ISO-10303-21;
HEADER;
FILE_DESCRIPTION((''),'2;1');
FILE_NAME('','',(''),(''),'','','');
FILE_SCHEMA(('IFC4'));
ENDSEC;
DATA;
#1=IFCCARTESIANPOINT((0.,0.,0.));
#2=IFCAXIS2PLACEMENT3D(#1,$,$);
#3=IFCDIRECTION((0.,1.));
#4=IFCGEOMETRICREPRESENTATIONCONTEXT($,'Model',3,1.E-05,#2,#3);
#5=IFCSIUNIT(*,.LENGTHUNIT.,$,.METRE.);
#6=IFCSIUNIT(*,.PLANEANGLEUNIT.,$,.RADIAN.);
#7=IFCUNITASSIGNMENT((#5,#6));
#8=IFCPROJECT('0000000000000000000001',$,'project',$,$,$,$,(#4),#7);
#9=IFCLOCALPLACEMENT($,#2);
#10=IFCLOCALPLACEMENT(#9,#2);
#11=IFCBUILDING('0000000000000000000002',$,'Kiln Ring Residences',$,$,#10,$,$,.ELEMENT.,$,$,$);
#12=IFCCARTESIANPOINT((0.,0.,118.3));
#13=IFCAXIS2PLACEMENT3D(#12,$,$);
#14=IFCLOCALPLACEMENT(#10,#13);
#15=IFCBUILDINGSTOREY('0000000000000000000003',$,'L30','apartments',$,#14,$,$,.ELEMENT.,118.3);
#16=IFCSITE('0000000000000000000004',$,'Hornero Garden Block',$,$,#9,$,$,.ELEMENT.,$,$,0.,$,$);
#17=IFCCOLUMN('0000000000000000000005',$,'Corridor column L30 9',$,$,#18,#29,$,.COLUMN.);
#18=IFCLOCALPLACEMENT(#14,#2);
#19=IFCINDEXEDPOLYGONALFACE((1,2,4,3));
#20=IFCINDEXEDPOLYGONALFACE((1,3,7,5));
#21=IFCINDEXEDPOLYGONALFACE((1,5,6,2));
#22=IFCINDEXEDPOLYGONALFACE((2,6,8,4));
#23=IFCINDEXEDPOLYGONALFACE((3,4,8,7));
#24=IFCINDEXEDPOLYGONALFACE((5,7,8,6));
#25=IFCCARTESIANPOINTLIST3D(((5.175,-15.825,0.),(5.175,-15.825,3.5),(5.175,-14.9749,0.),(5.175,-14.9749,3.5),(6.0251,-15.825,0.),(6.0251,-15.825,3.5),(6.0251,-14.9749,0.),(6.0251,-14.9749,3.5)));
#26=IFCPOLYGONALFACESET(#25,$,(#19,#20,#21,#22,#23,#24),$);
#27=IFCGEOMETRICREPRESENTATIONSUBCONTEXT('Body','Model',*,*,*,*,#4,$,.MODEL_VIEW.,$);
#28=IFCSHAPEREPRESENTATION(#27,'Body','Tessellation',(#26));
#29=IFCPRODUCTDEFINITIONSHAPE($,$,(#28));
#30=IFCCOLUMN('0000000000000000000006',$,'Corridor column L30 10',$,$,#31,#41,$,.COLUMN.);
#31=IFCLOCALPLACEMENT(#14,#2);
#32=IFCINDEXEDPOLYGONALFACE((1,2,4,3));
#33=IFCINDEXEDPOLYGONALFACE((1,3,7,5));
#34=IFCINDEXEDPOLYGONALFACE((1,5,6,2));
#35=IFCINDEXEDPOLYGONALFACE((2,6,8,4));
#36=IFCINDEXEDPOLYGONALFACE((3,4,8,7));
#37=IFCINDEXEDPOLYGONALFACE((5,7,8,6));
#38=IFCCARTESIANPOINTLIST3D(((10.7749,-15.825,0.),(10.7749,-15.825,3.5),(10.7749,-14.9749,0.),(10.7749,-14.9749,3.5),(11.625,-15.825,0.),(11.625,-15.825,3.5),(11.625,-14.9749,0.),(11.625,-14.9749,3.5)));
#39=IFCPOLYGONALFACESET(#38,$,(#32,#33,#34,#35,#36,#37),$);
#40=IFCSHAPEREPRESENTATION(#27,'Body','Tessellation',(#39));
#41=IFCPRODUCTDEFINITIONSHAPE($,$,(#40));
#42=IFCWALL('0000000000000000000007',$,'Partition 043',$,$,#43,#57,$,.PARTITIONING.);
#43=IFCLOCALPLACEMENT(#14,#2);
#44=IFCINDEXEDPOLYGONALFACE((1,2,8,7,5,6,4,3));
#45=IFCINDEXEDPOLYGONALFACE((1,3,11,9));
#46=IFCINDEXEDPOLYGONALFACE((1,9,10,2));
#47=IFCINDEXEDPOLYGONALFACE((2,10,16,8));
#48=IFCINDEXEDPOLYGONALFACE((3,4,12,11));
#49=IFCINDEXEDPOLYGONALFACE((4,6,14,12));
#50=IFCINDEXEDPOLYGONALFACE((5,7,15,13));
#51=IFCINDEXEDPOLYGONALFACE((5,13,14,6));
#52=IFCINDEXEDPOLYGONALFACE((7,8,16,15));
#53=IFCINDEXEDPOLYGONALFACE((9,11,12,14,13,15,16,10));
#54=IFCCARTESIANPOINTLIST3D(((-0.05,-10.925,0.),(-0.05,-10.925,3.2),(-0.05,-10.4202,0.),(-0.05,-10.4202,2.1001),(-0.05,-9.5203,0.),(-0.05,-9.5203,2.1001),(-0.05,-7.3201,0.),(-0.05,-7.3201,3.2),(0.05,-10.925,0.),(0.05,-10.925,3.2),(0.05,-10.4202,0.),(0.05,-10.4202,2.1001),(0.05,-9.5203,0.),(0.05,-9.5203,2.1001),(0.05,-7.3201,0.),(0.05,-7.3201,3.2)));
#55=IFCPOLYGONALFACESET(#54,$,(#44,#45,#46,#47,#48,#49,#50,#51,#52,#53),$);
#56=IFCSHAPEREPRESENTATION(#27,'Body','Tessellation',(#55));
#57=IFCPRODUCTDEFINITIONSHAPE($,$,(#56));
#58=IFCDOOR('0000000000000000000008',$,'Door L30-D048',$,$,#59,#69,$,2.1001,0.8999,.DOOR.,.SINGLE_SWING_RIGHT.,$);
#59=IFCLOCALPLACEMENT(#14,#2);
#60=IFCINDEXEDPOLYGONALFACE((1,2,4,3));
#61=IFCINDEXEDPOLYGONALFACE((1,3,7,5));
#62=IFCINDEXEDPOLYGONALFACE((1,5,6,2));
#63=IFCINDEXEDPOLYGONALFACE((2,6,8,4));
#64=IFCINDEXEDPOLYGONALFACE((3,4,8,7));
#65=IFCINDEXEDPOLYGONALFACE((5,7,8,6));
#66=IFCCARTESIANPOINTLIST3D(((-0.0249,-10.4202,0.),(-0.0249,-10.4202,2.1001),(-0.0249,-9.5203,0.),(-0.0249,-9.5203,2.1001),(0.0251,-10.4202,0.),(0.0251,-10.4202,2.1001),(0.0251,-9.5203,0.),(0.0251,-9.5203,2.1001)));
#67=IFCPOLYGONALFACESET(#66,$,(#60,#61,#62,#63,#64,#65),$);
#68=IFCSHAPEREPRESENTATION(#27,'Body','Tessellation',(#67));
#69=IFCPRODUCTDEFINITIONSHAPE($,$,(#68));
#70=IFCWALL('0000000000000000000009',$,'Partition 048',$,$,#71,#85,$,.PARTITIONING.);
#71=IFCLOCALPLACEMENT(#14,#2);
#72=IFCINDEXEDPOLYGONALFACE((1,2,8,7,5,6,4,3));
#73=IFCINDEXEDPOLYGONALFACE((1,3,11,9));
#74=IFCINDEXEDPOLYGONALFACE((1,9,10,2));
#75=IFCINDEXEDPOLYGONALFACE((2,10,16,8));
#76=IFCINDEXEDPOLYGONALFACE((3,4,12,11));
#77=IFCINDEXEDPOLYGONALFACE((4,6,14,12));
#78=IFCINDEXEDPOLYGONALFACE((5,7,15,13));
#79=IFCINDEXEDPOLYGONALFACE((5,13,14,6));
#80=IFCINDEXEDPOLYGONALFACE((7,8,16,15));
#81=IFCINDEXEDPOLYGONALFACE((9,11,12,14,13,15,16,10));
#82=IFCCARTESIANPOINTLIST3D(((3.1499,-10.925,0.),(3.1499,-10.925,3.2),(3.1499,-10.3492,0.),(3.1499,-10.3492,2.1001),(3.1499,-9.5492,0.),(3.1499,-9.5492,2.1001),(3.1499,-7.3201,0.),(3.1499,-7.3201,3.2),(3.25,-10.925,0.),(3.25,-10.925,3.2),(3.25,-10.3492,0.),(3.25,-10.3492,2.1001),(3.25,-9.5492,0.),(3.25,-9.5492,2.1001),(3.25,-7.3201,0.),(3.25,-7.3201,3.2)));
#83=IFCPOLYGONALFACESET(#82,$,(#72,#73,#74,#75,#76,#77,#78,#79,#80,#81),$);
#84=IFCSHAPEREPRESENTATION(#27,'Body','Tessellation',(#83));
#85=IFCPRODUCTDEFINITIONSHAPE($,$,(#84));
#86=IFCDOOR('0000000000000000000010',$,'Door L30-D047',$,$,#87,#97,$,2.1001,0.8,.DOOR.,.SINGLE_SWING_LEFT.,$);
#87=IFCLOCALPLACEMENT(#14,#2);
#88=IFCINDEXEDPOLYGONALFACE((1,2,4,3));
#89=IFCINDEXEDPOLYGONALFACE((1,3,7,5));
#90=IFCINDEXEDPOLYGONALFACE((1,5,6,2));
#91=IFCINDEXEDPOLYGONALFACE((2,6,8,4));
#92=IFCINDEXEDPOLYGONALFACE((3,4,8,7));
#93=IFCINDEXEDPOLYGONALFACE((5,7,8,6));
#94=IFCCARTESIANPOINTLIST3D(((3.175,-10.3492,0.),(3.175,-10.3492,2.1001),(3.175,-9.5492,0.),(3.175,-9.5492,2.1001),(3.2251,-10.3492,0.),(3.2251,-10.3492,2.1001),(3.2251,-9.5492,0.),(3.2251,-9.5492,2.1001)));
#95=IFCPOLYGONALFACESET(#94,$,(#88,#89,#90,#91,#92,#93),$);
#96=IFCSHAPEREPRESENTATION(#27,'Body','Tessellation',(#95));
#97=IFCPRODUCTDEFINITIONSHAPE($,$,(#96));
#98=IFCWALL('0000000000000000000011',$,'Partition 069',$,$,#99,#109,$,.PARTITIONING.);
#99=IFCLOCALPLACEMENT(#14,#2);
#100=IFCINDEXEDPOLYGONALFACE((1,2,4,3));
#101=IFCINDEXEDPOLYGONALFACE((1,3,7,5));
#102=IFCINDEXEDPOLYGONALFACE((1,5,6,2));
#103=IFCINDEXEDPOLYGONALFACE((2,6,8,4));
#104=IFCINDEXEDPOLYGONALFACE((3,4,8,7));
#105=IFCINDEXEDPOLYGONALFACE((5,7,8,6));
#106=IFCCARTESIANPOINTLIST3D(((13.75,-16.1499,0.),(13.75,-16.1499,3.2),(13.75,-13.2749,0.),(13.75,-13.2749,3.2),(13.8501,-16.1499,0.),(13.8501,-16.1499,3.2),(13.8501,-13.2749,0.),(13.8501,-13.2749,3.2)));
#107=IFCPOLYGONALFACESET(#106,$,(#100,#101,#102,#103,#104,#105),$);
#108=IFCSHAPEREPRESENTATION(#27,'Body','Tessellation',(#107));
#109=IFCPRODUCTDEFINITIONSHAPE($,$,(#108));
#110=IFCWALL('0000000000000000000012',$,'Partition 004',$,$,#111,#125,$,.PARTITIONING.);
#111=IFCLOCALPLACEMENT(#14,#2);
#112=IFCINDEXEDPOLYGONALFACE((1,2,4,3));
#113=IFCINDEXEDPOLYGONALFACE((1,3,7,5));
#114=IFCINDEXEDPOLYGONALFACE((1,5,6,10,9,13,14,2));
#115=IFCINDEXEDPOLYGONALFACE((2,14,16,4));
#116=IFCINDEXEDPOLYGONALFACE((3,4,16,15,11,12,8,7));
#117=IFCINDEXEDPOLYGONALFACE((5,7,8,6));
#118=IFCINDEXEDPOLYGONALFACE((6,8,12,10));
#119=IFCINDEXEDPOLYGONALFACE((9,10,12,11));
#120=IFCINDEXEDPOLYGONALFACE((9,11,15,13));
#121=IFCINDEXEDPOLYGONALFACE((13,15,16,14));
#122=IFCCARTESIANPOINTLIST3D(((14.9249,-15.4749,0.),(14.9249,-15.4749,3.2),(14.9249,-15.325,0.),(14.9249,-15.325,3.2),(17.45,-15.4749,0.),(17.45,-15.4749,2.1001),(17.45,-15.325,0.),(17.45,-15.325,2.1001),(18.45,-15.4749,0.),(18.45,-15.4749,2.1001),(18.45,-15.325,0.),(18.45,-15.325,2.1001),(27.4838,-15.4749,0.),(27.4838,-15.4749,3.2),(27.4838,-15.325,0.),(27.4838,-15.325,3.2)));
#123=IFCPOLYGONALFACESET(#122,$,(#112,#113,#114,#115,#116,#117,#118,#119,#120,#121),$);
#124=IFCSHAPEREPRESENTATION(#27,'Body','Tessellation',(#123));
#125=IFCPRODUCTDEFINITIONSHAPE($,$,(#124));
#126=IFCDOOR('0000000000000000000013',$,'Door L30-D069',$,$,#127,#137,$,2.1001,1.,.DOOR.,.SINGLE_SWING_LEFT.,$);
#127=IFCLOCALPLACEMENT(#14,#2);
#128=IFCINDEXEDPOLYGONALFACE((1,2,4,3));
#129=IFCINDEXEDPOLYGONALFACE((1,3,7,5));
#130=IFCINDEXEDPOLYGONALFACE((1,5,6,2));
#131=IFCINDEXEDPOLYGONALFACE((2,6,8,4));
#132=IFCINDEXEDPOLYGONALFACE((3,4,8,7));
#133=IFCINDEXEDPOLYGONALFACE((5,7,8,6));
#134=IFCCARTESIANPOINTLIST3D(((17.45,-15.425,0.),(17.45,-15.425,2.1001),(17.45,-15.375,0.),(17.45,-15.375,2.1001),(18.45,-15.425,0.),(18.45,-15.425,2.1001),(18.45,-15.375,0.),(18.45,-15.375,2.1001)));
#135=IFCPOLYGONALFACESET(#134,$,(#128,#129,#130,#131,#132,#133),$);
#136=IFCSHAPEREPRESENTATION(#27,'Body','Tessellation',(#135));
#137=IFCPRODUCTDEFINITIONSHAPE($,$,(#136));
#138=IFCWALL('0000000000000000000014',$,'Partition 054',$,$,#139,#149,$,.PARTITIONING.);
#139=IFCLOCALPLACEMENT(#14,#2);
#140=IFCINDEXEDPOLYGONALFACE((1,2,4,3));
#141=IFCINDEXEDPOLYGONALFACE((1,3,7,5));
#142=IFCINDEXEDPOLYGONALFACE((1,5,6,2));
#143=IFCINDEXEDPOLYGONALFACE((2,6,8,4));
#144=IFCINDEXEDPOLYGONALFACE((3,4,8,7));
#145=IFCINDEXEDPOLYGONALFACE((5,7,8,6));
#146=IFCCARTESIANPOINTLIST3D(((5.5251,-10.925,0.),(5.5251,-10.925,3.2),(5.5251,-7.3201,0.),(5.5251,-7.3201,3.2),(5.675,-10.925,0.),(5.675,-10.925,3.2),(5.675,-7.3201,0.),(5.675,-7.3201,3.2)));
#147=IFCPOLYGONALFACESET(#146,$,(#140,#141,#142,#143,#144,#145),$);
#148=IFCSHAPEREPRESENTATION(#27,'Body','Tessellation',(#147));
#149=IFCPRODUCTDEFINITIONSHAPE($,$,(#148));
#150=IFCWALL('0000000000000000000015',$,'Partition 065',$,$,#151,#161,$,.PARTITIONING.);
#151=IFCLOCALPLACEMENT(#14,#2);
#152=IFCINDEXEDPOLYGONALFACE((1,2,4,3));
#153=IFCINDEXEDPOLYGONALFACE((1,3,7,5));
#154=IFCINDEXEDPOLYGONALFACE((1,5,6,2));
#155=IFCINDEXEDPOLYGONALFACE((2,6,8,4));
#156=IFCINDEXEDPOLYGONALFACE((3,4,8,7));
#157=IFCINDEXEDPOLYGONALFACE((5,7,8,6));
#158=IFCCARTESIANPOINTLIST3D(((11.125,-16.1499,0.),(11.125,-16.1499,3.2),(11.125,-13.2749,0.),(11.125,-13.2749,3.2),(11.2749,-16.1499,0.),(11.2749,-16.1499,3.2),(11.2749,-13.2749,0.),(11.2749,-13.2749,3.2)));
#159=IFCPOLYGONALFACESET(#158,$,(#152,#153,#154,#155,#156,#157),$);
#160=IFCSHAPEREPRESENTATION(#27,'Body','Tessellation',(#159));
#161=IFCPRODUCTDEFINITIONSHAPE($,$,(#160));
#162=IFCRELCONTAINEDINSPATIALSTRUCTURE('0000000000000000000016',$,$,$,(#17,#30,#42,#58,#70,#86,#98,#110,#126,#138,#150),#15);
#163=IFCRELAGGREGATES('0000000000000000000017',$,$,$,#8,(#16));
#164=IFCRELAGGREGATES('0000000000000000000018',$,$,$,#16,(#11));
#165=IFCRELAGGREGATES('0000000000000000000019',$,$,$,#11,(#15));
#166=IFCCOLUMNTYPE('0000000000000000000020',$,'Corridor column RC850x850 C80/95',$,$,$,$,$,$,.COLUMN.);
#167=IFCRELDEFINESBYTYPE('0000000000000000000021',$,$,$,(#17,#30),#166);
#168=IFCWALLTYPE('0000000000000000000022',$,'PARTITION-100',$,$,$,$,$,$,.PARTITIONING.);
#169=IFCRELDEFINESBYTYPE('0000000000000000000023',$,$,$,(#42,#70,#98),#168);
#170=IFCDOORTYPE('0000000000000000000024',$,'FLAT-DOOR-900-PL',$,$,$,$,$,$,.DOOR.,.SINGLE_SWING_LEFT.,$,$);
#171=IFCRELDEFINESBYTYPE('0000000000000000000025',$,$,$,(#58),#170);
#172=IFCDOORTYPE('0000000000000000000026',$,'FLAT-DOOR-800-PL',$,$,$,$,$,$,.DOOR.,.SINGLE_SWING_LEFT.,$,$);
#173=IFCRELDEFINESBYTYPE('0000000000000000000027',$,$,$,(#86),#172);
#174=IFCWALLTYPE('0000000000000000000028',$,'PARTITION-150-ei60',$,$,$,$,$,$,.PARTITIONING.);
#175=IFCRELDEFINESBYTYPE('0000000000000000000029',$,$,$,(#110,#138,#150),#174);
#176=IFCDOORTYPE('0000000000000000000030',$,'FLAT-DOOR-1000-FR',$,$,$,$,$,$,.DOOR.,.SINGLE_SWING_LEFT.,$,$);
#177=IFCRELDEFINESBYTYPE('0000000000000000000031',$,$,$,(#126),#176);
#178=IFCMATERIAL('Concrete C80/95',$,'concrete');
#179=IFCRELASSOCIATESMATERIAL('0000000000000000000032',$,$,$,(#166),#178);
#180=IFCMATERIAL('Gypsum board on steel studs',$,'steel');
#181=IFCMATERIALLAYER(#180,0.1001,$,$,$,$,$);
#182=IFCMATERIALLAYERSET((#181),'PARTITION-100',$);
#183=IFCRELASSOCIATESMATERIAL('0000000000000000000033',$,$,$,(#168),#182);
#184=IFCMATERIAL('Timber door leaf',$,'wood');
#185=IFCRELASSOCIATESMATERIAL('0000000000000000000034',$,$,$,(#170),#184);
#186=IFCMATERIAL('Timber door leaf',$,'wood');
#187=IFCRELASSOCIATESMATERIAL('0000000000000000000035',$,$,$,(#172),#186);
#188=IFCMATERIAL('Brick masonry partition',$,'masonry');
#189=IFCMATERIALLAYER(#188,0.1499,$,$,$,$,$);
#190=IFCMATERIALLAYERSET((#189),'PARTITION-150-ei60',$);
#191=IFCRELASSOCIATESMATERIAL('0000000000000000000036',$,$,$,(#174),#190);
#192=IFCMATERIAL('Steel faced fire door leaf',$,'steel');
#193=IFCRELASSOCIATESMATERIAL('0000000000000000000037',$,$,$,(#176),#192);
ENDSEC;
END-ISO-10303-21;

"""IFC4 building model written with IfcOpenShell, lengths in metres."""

from ifc_helpers import new_model, si_unit, direction, frame, frame_2d, origin, origin_2d, place, context, subcontext, project, spatial, rectangle, extrude, material, layer, layer_set, material_profile, profile_set, type_object, element, fill, save


model = new_model("IFC4")

# Units and contexts
model_context = context("Model", 3, precision=1e-05, world=origin(), true_north=direction((0.0, 1.0)))
body_context = subcontext(model_context, "Body", "Model", "MODEL_VIEW")
ifc_project = project(units=[si_unit("LENGTHUNIT", "METRE"), si_unit("PLANEANGLEUNIT", "RADIAN")], contexts=[model_context])

# Site, building, storey
site_placement = place(None, origin())
site = spatial("IfcSite", under=ifc_project, at=site_placement, Name="Hornero Garden Block", CompositionType="ELEMENT", RefElevation=0.0)
building_placement = place(site_placement, origin())
building = spatial("IfcBuilding", under=site, at=building_placement, Name="Kiln Ring Residences", CompositionType="ELEMENT")
storey_placement = place(building_placement, frame((0.0, 0.0, 118.3)))
storey = spatial("IfcBuildingStorey", under=building, at=storey_placement, Name="L30", Description="apartments", CompositionType="ELEMENT", Elevation=118.3)

# Columns
ifc_material_1 = material(Name="Concrete C80/95", Category="concrete")
ifc_material_profile = material_profile(ifc_material_1, rectangle(XDim=0.8501, YDim=0.8501, at=origin_2d()), Name="RC850x850")
ifc_profile_set = profile_set([ifc_material_profile], Name="Concrete C80/95")
column_type = type_object("IfcColumnType", Name="Corridor column RC850x850 C80/95", PredefinedType="COLUMN", material=ifc_profile_set)
for number, where, z_axis, x_axis, name in (
    (1, (5.6001, -15.3999, 0.0), (0.0, 0.0, 1.0), (1.0, 0.0, 0.0), "Corridor column L30 9"),
    (2, (11.2, -15.3999, 0.0), (0.0, 0.0, 1.0), (1.0, 0.0, 0.0), "Corridor column L30 10"),
):
    element("IfcColumn", number, at=place(storey_placement, frame(where, z_axis=z_axis, x_axis=x_axis)), inside=storey, type_object=column_type, Name=name, PredefinedType="COLUMN", context=body_context, shape_type="SweptSolid", body=[
        extrude(rectangle(XDim=0.8501, YDim=0.8501, at=origin_2d()), origin(), (0.0, 0.0, 1.0), 3.5),
    ])

# Walls, openings, doors
ifc_material_2 = material(Name="Gypsum board on steel studs", Category="steel")
ifc_layer_1 = layer(ifc_material_2, 0.1001)
ifc_layer_set_1 = layer_set([ifc_layer_1], Name="PARTITION-100")
wall_type_1 = type_object("IfcWallType", Name="PARTITION-100", PredefinedType="PARTITIONING", material=ifc_layer_set_1)
wall_1_placement = place(storey_placement, frame((0.0, -10.925, 0.0), z_axis=(0.0, 0.0, 1.0), x_axis=(0.0, 1.0, 0.0)))
wall_1 = element("IfcWall", 3, at=wall_1_placement, inside=storey, type_object=wall_type_1, Name="Partition 043", PredefinedType="PARTITIONING", context=body_context, shape_type="SweptSolid", body=[
    extrude(rectangle(XDim=3.605, YDim=0.1001, at=frame_2d((1.8025, 0.0))), origin(), (0.0, 0.0, 1.0), 3.2),
])
opening_1_placement = place(wall_1_placement, frame((0.5049, 0.0, 0.0)))
opening_1 = element("IfcOpeningElement", 4, at=opening_1_placement, cuts=wall_1, PredefinedType="OPENING", context=body_context, shape_type="SweptSolid", body=[
    extrude(rectangle(XDim=0.8999, YDim=2.1001, at=frame_2d((0.45, 1.05))), frame((0.0, 0.0601, 0.0), z_axis=(0.0, -1.0, 0.0), x_axis=(1.0, 0.0, 0.0)), (0.0, 0.0, 1.0), 0.1201),
])
ifc_material_3 = material(Name="Timber door leaf", Category="wood")
door_type_1 = type_object("IfcDoorType", Name="FLAT-DOOR-900-PL", OperationType="SINGLE_SWING_LEFT", PredefinedType="DOOR", material=ifc_material_3)
door_1_placement = place(opening_1_placement, origin())
door_1 = element("IfcDoor", 5, at=door_1_placement, inside=storey, type_object=door_type_1, Name="Door L30-D048", OperationType="SINGLE_SWING_RIGHT", OverallHeight=2.1001, OverallWidth=0.8999, PredefinedType="DOOR", context=body_context, shape_type="SweptSolid", body=[
    extrude(rectangle(XDim=0.8999, YDim=2.1001, at=frame_2d((0.45, 1.05))), frame((0.0, 0.0249, 0.0), z_axis=(0.0, -1.0, 0.0), x_axis=(1.0, 0.0, 0.0)), (0.0, 0.0, 1.0), 0.05),
])
fill(opening_1, door_1)
wall_2_placement = place(storey_placement, frame((3.2, -10.925, 0.0), z_axis=(0.0, 0.0, 1.0), x_axis=(0.0, 1.0, 0.0)))
wall_2 = element("IfcWall", 6, at=wall_2_placement, inside=storey, type_object=wall_type_1, Name="Partition 048", PredefinedType="PARTITIONING", context=body_context, shape_type="SweptSolid", body=[
    extrude(rectangle(XDim=3.605, YDim=0.1001, at=frame_2d((1.8025, 0.0))), origin(), (0.0, 0.0, 1.0), 3.2),
])
opening_2_placement = place(wall_2_placement, frame((0.5759, 0.0, 0.0)))
opening_2 = element("IfcOpeningElement", 7, at=opening_2_placement, cuts=wall_2, PredefinedType="OPENING", context=body_context, shape_type="SweptSolid", body=[
    extrude(rectangle(XDim=0.8, YDim=2.1001, at=frame_2d((0.3999, 1.05))), frame((0.0, 0.0601, 0.0), z_axis=(0.0, -1.0, 0.0), x_axis=(1.0, 0.0, 0.0)), (0.0, 0.0, 1.0), 0.1201),
])
ifc_material_4 = material(Name="Timber door leaf", Category="wood")
door_type_2 = type_object("IfcDoorType", Name="FLAT-DOOR-800-PL", OperationType="SINGLE_SWING_LEFT", PredefinedType="DOOR", material=ifc_material_4)
door_2_placement = place(opening_2_placement, origin())
door_2 = element("IfcDoor", 8, at=door_2_placement, inside=storey, type_object=door_type_2, Name="Door L30-D047", OperationType="SINGLE_SWING_LEFT", OverallHeight=2.1001, OverallWidth=0.8, PredefinedType="DOOR", context=body_context, shape_type="SweptSolid", body=[
    extrude(rectangle(XDim=0.8, YDim=2.1001, at=frame_2d((0.3999, 1.05))), frame((0.0, 0.0249, 0.0), z_axis=(0.0, -1.0, 0.0), x_axis=(1.0, 0.0, 0.0)), (0.0, 0.0, 1.0), 0.05),
])
fill(opening_2, door_2)

# Wall
wall_3_placement = place(storey_placement, frame((13.8, -16.1499, 0.0), z_axis=(0.0, 0.0, 1.0), x_axis=(0.0, 1.0, 0.0)))
element("IfcWall", 9, at=wall_3_placement, inside=storey, type_object=wall_type_1, Name="Partition 069", PredefinedType="PARTITIONING", context=body_context, shape_type="SweptSolid", body=[
    extrude(rectangle(XDim=2.875, YDim=0.1001, at=frame_2d((1.4375, 0.0))), origin(), (0.0, 0.0, 1.0), 3.2),
])

# Wall, opening, door
ifc_material_5 = material(Name="Brick masonry partition", Category="masonry")
ifc_layer_2 = layer(ifc_material_5, 0.1499)
ifc_layer_set_2 = layer_set([ifc_layer_2], Name="PARTITION-150-ei60")
wall_type_2 = type_object("IfcWallType", Name="PARTITION-150-ei60", PredefinedType="PARTITIONING", material=ifc_layer_set_2)
wall_4_placement = place(storey_placement, frame((14.925, -15.3999, 0.0), z_axis=(0.0, 0.0, 1.0), x_axis=(1.0, 0.0, 0.0)))
wall_4 = element("IfcWall", 10, at=wall_4_placement, inside=storey, type_object=wall_type_2, Name="Partition 004", PredefinedType="PARTITIONING", context=body_context, shape_type="SweptSolid", body=[
    extrude(rectangle(XDim=12.5588, YDim=0.1499, at=frame_2d((6.2793, 0.0))), origin(), (0.0, 0.0, 1.0), 3.2),
])
opening_3_placement = place(wall_4_placement, frame((2.5249, 0.0, 0.0)))
opening_3 = element("IfcOpeningElement", 11, at=opening_3_placement, cuts=wall_4, PredefinedType="OPENING", context=body_context, shape_type="SweptSolid", body=[
    extrude(rectangle(XDim=1.0, YDim=2.1001, at=frame_2d((0.5, 1.05))), frame((0.0, 0.085, 0.0), z_axis=(0.0, -1.0, 0.0), x_axis=(1.0, 0.0, 0.0)), (0.0, 0.0, 1.0), 0.1699),
])
ifc_material_6 = material(Name="Steel faced fire door leaf", Category="steel")
door_type_3 = type_object("IfcDoorType", Name="FLAT-DOOR-1000-FR", OperationType="SINGLE_SWING_LEFT", PredefinedType="DOOR", material=ifc_material_6)
door_3_placement = place(opening_3_placement, origin())
door_3 = element("IfcDoor", 12, at=door_3_placement, inside=storey, type_object=door_type_3, Name="Door L30-D069", OperationType="SINGLE_SWING_LEFT", OverallHeight=2.1001, OverallWidth=1.0, PredefinedType="DOOR", context=body_context, shape_type="SweptSolid", body=[
    extrude(rectangle(XDim=1.0, YDim=2.1001, at=frame_2d((0.5, 1.05))), frame((0.0, 0.0249, 0.0), z_axis=(0.0, -1.0, 0.0), x_axis=(1.0, 0.0, 0.0)), (0.0, 0.0, 1.0), 0.05),
])
fill(opening_3, door_3)

# Walls
wall_5_placement = place(storey_placement, frame((5.6001, -10.925, 0.0), z_axis=(0.0, 0.0, 1.0), x_axis=(0.0, 1.0, 0.0)))
element("IfcWall", 13, at=wall_5_placement, inside=storey, type_object=wall_type_2, Name="Partition 054", PredefinedType="PARTITIONING", context=body_context, shape_type="SweptSolid", body=[
    extrude(rectangle(XDim=3.605, YDim=0.1499, at=frame_2d((1.8025, 0.0))), origin(), (0.0, 0.0, 1.0), 3.2),
])
wall_6_placement = place(storey_placement, frame((11.2, -16.1499, 0.0), z_axis=(0.0, 0.0, 1.0), x_axis=(0.0, 1.0, 0.0)))
element("IfcWall", 14, at=wall_6_placement, inside=storey, type_object=wall_type_2, Name="Partition 065", PredefinedType="PARTITIONING", context=body_context, shape_type="SweptSolid", body=[
    extrude(rectangle(XDim=2.875, YDim=0.1499, at=frame_2d((1.4375, 0.0))), origin(), (0.0, 0.0, 1.0), 3.2),
])

save(model, "model.ifc")
